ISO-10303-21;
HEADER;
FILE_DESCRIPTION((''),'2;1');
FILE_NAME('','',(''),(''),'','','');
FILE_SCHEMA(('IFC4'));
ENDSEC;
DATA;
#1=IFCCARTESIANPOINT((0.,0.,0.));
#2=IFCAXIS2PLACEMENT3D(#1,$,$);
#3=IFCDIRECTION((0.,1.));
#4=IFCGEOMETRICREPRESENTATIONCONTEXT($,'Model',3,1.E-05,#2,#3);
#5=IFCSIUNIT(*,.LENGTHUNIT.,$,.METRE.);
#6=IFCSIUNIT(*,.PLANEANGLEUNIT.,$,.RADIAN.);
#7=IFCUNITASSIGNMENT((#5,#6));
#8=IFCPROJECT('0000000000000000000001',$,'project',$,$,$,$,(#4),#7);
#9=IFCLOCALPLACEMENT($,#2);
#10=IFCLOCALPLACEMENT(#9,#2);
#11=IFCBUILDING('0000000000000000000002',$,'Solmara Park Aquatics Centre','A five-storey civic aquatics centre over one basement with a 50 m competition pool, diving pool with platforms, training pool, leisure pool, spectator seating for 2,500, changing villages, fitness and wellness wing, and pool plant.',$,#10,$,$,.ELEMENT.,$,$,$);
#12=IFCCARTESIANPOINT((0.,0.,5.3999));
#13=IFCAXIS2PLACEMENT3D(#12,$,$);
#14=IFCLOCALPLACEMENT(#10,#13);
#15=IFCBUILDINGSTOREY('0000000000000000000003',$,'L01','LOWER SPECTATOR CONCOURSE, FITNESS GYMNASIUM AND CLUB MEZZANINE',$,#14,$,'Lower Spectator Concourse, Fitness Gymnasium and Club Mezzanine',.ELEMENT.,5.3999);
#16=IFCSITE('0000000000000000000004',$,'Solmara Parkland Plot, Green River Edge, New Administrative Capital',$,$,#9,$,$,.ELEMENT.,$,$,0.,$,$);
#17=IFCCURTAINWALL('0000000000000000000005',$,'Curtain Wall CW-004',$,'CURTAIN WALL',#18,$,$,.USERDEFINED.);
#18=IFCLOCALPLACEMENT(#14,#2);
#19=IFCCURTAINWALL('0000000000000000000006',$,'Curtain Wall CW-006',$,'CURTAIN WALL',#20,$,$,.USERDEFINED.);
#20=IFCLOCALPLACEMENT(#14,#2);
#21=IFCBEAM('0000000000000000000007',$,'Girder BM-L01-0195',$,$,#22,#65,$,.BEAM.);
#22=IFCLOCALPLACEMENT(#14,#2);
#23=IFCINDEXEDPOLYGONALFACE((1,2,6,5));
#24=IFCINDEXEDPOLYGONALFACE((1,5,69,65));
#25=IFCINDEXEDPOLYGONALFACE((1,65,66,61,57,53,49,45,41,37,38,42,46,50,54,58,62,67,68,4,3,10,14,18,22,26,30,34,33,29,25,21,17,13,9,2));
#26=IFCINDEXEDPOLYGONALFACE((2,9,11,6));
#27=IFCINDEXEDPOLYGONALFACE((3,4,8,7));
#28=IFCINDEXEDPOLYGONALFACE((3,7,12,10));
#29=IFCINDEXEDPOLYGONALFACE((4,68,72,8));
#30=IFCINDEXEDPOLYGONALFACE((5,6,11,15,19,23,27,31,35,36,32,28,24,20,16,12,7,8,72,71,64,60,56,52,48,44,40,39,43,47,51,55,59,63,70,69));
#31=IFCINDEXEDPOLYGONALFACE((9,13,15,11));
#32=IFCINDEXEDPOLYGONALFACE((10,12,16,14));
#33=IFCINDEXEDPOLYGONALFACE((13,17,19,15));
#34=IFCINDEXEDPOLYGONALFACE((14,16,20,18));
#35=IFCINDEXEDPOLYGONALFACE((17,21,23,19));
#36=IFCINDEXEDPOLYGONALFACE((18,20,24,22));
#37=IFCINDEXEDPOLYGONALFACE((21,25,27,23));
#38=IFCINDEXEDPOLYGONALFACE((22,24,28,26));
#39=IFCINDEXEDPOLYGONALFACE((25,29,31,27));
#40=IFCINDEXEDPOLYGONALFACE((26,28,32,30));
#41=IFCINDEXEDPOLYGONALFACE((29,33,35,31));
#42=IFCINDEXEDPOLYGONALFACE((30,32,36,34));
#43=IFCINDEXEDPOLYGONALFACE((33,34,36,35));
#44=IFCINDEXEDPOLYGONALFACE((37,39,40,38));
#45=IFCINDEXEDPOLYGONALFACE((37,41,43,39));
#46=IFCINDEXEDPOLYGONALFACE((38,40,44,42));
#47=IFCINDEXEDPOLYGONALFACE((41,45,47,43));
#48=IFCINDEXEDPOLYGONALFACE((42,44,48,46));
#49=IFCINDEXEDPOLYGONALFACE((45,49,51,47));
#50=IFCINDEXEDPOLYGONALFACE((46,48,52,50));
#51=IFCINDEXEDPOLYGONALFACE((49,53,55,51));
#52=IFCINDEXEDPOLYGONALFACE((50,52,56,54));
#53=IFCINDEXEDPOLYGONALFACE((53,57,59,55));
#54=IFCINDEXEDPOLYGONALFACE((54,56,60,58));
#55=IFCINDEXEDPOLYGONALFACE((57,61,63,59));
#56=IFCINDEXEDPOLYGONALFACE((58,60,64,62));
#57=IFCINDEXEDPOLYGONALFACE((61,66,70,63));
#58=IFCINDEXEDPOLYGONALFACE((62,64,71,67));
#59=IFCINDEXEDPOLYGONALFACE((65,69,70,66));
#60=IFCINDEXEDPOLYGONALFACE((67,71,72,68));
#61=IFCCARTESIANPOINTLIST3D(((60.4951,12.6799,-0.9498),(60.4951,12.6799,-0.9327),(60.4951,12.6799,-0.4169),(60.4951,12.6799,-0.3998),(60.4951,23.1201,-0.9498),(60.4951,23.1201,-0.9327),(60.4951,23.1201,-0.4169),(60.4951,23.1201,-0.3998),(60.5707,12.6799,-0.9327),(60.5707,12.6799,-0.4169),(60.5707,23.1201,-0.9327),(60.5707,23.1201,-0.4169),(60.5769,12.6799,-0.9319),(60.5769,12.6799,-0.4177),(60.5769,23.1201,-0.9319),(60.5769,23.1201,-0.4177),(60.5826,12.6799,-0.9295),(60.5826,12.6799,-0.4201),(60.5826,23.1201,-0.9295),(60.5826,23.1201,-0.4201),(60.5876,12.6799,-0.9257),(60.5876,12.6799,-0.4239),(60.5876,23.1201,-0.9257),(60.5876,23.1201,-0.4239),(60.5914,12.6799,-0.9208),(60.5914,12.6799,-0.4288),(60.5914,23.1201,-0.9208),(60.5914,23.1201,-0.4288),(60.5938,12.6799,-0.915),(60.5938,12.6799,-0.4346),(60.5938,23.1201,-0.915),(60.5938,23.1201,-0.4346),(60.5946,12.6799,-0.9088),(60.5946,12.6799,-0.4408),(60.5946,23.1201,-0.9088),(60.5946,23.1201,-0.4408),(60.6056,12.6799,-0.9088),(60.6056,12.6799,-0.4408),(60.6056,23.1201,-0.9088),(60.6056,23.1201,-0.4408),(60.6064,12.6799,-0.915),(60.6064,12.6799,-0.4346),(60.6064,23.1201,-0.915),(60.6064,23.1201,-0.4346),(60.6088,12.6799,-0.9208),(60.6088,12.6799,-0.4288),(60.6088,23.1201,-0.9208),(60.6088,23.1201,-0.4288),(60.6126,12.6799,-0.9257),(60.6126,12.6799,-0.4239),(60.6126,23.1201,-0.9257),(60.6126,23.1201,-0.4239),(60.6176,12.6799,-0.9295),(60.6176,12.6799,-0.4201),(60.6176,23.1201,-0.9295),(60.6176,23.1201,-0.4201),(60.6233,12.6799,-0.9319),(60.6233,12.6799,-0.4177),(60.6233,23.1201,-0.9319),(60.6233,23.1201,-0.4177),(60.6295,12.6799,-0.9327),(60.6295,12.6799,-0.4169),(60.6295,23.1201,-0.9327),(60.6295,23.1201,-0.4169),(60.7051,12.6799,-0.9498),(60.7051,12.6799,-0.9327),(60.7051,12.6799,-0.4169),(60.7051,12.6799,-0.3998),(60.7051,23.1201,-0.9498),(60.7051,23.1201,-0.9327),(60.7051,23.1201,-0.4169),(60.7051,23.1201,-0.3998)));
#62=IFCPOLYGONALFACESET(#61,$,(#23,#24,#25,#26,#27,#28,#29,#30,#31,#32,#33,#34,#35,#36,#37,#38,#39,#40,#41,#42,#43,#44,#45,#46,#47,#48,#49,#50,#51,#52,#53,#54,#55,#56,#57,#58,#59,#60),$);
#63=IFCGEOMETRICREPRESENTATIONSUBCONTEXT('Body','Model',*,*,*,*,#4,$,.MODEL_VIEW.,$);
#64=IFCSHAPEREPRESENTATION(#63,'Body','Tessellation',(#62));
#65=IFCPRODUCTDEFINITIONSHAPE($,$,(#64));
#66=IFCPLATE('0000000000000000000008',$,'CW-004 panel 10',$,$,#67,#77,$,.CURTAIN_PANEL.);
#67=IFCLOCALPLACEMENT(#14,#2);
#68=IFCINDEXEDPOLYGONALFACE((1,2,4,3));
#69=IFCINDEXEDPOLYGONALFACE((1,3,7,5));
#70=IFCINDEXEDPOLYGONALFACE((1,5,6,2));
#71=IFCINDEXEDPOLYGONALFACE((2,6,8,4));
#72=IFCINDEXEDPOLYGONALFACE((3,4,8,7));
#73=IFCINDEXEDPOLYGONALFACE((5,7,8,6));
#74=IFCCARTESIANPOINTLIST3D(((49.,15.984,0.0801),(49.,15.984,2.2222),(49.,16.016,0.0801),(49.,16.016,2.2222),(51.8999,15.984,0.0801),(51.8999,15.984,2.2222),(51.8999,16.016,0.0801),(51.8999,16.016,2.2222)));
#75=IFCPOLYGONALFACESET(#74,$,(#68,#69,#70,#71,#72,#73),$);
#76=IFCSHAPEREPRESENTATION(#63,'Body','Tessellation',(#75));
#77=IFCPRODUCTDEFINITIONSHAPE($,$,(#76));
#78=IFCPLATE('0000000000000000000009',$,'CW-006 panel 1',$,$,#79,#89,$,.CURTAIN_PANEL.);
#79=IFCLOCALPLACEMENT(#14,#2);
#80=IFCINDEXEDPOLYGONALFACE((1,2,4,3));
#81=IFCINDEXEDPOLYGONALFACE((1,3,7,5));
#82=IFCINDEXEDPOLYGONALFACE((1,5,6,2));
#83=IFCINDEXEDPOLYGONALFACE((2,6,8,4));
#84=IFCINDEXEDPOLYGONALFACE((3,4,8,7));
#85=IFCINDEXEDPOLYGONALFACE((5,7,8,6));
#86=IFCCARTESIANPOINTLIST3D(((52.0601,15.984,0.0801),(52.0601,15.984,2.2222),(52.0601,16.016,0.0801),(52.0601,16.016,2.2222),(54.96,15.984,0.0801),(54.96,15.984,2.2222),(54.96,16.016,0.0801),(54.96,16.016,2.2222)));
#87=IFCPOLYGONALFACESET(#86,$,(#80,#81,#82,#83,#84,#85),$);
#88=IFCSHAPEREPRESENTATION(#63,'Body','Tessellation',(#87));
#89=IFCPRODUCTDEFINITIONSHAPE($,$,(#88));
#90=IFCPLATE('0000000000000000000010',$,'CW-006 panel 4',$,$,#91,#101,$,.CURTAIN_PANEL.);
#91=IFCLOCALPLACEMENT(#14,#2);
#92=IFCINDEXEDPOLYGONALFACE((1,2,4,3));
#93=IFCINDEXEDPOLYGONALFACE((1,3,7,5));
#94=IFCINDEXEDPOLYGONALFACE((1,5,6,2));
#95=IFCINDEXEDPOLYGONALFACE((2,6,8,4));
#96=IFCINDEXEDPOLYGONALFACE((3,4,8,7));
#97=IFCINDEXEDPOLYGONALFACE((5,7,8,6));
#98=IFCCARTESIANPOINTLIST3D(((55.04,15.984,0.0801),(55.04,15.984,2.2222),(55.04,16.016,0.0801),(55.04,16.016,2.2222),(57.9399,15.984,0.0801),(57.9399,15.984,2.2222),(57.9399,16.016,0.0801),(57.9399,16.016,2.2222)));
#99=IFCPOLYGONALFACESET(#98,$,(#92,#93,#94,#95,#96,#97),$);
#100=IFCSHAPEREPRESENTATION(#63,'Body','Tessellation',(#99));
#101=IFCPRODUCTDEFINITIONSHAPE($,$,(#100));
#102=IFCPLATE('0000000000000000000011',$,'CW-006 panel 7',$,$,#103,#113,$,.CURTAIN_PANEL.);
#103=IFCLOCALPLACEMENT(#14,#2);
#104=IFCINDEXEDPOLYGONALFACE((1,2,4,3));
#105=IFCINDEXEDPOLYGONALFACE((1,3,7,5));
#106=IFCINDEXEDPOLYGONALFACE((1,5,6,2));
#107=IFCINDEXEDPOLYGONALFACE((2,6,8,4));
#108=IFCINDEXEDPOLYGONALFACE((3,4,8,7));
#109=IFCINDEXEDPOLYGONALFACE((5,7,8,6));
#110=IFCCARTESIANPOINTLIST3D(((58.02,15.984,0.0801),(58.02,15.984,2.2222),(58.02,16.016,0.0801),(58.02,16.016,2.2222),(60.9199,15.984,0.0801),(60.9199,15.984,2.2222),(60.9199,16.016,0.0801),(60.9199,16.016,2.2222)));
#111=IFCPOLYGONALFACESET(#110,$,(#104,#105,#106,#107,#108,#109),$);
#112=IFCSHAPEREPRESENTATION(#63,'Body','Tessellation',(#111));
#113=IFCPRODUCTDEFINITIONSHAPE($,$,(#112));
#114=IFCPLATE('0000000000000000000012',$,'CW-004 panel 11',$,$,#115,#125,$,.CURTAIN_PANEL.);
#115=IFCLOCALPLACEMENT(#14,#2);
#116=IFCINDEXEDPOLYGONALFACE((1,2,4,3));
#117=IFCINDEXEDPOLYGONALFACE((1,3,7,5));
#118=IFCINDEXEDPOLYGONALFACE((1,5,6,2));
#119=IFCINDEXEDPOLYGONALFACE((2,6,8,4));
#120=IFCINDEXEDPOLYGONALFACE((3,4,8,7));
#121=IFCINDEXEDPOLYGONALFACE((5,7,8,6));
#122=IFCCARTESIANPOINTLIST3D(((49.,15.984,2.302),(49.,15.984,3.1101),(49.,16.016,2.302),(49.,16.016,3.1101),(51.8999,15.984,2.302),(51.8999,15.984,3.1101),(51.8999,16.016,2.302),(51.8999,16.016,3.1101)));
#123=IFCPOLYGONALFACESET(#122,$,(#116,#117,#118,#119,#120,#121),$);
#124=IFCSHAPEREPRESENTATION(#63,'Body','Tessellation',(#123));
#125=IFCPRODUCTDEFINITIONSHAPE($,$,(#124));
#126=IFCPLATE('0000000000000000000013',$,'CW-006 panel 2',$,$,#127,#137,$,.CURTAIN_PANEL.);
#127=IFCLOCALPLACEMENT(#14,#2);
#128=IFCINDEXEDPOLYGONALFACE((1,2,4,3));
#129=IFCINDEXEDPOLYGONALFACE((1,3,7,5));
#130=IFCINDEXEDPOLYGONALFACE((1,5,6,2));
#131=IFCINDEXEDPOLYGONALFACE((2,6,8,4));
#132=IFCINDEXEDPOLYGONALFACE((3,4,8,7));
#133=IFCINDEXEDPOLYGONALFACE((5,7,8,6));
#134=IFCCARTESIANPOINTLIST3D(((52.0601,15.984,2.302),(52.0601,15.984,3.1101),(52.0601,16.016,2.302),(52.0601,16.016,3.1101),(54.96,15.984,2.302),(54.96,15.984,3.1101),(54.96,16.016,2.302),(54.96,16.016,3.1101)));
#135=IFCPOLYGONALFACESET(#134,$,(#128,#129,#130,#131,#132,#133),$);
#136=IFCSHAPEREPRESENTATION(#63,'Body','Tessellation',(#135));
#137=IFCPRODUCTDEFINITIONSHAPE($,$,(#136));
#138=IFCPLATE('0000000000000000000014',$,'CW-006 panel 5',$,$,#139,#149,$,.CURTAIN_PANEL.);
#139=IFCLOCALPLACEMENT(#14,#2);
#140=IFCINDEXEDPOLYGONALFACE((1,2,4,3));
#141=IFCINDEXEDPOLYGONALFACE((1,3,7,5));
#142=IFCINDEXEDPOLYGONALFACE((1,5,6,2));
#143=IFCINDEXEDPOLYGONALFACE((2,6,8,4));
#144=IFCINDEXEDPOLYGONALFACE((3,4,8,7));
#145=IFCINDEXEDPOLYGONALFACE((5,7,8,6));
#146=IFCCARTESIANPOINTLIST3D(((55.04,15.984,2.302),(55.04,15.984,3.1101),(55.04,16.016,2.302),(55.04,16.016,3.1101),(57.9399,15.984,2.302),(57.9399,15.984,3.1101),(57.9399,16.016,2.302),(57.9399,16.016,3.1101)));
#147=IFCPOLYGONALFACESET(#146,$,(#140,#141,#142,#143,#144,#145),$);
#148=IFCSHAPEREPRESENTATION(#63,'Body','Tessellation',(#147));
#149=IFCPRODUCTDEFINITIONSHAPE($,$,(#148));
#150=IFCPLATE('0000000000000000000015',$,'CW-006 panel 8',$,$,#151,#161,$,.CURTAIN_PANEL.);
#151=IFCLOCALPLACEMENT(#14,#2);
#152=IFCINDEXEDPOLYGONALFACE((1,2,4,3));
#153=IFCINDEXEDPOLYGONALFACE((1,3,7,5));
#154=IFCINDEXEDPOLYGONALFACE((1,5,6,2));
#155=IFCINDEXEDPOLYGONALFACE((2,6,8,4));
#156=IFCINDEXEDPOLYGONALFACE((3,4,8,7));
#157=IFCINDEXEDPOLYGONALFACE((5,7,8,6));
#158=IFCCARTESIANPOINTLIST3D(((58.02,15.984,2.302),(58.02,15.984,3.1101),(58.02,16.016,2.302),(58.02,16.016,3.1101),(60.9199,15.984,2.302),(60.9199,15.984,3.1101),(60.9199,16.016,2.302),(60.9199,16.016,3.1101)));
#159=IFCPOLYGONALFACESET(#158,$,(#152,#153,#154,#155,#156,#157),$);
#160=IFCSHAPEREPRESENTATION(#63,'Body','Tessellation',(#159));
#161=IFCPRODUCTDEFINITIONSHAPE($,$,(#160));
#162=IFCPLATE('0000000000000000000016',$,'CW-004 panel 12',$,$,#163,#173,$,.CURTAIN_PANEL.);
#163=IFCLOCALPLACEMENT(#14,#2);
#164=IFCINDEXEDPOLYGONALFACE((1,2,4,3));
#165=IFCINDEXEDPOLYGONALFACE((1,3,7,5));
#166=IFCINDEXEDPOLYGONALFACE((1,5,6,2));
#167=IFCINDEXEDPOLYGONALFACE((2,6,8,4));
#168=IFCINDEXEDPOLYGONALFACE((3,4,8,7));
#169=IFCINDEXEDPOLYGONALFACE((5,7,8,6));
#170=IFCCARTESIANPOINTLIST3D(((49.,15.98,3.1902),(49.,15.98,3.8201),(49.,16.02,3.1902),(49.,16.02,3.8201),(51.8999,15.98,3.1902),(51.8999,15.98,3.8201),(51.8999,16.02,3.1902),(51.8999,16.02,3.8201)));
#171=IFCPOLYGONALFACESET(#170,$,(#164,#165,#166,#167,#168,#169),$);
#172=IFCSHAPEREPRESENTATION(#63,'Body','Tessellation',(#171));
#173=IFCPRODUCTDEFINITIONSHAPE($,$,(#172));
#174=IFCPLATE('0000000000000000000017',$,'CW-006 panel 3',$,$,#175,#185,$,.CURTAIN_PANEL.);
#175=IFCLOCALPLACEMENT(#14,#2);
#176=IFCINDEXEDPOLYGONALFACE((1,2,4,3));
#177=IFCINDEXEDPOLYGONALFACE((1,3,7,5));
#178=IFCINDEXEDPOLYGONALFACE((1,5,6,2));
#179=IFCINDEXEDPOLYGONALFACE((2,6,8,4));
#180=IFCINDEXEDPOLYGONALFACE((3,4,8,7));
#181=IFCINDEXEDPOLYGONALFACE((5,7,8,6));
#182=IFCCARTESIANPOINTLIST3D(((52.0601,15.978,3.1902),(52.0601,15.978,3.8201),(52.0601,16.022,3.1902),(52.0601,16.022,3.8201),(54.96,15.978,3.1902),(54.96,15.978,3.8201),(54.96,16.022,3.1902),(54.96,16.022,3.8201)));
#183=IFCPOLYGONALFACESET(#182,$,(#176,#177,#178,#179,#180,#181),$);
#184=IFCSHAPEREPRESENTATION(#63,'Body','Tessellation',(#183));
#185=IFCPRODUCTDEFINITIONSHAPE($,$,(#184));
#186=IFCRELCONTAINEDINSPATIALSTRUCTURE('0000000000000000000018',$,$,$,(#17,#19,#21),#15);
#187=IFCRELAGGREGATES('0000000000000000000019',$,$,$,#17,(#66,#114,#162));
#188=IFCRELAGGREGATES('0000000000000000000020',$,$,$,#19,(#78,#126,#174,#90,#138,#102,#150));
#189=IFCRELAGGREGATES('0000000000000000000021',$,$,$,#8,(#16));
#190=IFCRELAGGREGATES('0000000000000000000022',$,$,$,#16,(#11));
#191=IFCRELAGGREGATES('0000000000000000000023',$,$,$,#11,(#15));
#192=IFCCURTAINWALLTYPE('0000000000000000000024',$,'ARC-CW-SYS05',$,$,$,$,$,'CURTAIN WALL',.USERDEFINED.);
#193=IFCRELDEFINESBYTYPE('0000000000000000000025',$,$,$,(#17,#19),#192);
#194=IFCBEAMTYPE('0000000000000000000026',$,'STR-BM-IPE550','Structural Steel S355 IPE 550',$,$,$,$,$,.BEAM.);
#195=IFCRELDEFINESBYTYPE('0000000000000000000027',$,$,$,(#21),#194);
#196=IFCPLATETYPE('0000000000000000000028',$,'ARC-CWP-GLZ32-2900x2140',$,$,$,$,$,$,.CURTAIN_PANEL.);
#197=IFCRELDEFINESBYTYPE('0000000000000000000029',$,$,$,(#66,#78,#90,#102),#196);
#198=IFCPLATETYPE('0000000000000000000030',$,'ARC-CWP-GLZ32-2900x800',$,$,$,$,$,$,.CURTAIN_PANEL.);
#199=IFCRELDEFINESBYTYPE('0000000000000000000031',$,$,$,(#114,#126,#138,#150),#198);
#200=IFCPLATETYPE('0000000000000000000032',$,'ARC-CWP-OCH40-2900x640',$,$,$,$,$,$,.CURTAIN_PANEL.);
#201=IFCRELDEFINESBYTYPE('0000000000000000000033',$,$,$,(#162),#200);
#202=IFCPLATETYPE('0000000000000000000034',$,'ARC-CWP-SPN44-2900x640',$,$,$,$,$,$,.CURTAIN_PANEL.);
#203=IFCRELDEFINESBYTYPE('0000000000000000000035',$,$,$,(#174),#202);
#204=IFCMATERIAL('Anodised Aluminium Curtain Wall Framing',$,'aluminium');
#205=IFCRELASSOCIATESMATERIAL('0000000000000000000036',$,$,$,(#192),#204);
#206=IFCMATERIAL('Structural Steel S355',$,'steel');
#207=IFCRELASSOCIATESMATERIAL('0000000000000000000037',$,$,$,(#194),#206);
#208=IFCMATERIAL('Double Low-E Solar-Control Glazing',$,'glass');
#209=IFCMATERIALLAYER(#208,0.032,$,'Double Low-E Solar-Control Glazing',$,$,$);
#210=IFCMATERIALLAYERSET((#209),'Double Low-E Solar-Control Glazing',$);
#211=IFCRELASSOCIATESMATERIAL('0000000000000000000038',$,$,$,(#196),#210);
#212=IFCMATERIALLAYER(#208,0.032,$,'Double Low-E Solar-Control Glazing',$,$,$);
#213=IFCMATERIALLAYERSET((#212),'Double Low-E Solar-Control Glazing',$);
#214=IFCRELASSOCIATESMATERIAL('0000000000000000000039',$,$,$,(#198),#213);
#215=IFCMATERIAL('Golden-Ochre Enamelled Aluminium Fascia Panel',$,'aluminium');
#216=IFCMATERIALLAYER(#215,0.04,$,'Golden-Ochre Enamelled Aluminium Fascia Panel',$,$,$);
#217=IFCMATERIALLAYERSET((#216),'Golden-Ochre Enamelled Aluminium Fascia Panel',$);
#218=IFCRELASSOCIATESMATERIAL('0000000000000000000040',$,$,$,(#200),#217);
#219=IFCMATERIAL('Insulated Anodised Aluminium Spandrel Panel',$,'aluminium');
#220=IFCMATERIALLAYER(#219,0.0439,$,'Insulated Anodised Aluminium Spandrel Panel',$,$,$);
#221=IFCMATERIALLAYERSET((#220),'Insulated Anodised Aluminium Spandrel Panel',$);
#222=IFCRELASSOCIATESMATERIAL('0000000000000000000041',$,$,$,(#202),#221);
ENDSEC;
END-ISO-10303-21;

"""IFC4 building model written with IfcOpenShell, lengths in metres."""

from ifc_helpers import new_model, si_unit, direction, frame, origin, origin_2d, place, context, subcontext, project, spatial, rectangle, i_section, extrude, material, layer, layer_set, material_profile, profile_set, type_object, element, aggregate, save


model = new_model("IFC4")

# Units and contexts
model_context = context("Model", 3, precision=1e-05, world=origin(), true_north=direction((0.0, 1.0)))
body_context = subcontext(model_context, "Body", "Model", "MODEL_VIEW")
ifc_project = project(units=[si_unit("LENGTHUNIT", "METRE"), si_unit("PLANEANGLEUNIT", "RADIAN")], contexts=[model_context])

# Site, building, storey
site_placement = place(None, origin())
site = spatial("IfcSite", under=ifc_project, at=site_placement, Name="Solmara Parkland Plot, Green River Edge, New Administrative Capital", CompositionType="ELEMENT", RefElevation=0.0)
building_placement = place(site_placement, origin())
building = spatial("IfcBuilding", under=site, at=building_placement, Name="Solmara Park Aquatics Centre", Description="A five-storey civic aquatics centre over one basement with a 50 m competition pool, diving pool with platforms, training pool, leisure pool, spectator seating for 2,500, changing villages, fitness and wellness wing, and pool plant.", CompositionType="ELEMENT")
storey_placement = place(building_placement, frame((0.0, 0.0, 5.3999)))
storey = spatial("IfcBuildingStorey", under=building, at=storey_placement, Name="L01", Description="LOWER SPECTATOR CONCOURSE, FITNESS GYMNASIUM AND CLUB MEZZANINE", LongName="Lower Spectator Concourse, Fitness Gymnasium and Club Mezzanine", CompositionType="ELEMENT", Elevation=5.3999)

# Shared definitions
ifc_material_1 = material(Name="Structural Steel S355", Category="steel")

# Curtain wall
ifc_material_2 = material(Name="Anodised Aluminium Curtain Wall Framing", Category="aluminium")
curtain_wall_type = type_object("IfcCurtainWallType", Name="ARC-CW-SYS05", ElementType="CURTAIN WALL", PredefinedType="USERDEFINED", material=ifc_material_2)
curtain_wall_1_placement = place(storey_placement, origin())
curtain_wall_1 = element("IfcCurtainWall", 1, at=curtain_wall_1_placement, inside=storey, type_object=curtain_wall_type, Name="Curtain Wall CW-004", ObjectType="CURTAIN WALL", PredefinedType="USERDEFINED")

# Curtain wall
curtain_wall_2_placement = place(storey_placement, origin())
curtain_wall_2 = element("IfcCurtainWall", 2, at=curtain_wall_2_placement, inside=storey, type_object=curtain_wall_type, Name="Curtain Wall CW-006", ObjectType="CURTAIN WALL", PredefinedType="USERDEFINED")

# Beam
ifc_material_profile_1 = material_profile(ifc_material_1, i_section(OverallWidth=0.21, OverallDepth=0.55, WebThickness=0.011, FlangeThickness=0.0171, FilletRadius=0.0239, at=origin_2d()), Name="IPE 550")
ifc_profile_set_1 = profile_set([ifc_material_profile_1], Name="Structural Steel S355")
beam_type_1 = type_object("IfcBeamType", Name="STR-BM-IPE550", Description="Structural Steel S355 IPE 550", PredefinedType="BEAM", material=ifc_profile_set_1)
beam_1_placement = place(storey_placement, frame((60.6001, 12.6799, -0.6748), z_axis=(0.0, 1.0, 0.0), x_axis=(-1.0, 0.0, 0.0)))
element("IfcBeam", 3, at=beam_1_placement, inside=storey, type_object=beam_type_1, Name="Girder BM-L01-0195", PredefinedType="BEAM", context=body_context, shape_type="SweptSolid", body=[
    extrude(i_section(OverallWidth=0.21, OverallDepth=0.55, WebThickness=0.011, FlangeThickness=0.0171, FilletRadius=0.0239, at=origin_2d()), origin(), (0.0, 0.0, 1.0), 10.4402),
])

# Plates
ifc_material_3 = material(Name="Double Low-E Solar-Control Glazing", Category="glass")
ifc_layer_1 = layer(ifc_material_3, 0.032, Name="Double Low-E Solar-Control Glazing")
ifc_layer_set_1 = layer_set([ifc_layer_1], Name="Double Low-E Solar-Control Glazing")
plate_type_1 = type_object("IfcPlateType", Name="ARC-CWP-GLZ32-2900x2140", PredefinedType="CURTAIN_PANEL", material=ifc_layer_set_1)
plate_1_placement = place(storey_placement, frame((50.45, 16.0, 0.0801), z_axis=(0.0, 0.0, 1.0), x_axis=(1.0, 0.0, 0.0)))
plate_1 = element("IfcPlate", 4, at=plate_1_placement, type_object=plate_type_1, Name="CW-004 panel 10", PredefinedType="CURTAIN_PANEL", context=body_context, shape_type="SweptSolid", body=[
    extrude(rectangle(XDim=2.8999, YDim=0.032, at=origin_2d()), origin(), (0.0, 0.0, 1.0), 2.1421),
])
plate_2_placement = place(storey_placement, frame((53.51, 16.0, 0.0801), z_axis=(0.0, 0.0, 1.0), x_axis=(1.0, 0.0, 0.0)))
plate_2 = element("IfcPlate", 5, at=plate_2_placement, type_object=plate_type_1, Name="CW-006 panel 1", PredefinedType="CURTAIN_PANEL", context=body_context, shape_type="SweptSolid", body=[
    extrude(rectangle(XDim=2.8999, YDim=0.032, at=origin_2d()), origin(), (0.0, 0.0, 1.0), 2.1421),
])
plate_3_placement = place(storey_placement, frame((56.49, 16.0, 0.0801), z_axis=(0.0, 0.0, 1.0), x_axis=(1.0, 0.0, 0.0)))
plate_3 = element("IfcPlate", 6, at=plate_3_placement, type_object=plate_type_1, Name="CW-006 panel 4", PredefinedType="CURTAIN_PANEL", context=body_context, shape_type="SweptSolid", body=[
    extrude(rectangle(XDim=2.8999, YDim=0.032, at=origin_2d()), origin(), (0.0, 0.0, 1.0), 2.1421),
])
plate_4_placement = place(storey_placement, frame((59.47, 16.0, 0.0801), z_axis=(0.0, 0.0, 1.0), x_axis=(1.0, 0.0, 0.0)))
plate_4 = element("IfcPlate", 7, at=plate_4_placement, type_object=plate_type_1, Name="CW-006 panel 7", PredefinedType="CURTAIN_PANEL", context=body_context, shape_type="SweptSolid", body=[
    extrude(rectangle(XDim=2.8999, YDim=0.032, at=origin_2d()), origin(), (0.0, 0.0, 1.0), 2.1421),
])
ifc_layer_2 = layer(ifc_material_3, 0.032, Name="Double Low-E Solar-Control Glazing")
ifc_layer_set_2 = layer_set([ifc_layer_2], Name="Double Low-E Solar-Control Glazing")
plate_type_2 = type_object("IfcPlateType", Name="ARC-CWP-GLZ32-2900x800", PredefinedType="CURTAIN_PANEL", material=ifc_layer_set_2)
plate_5_placement = place(storey_placement, frame((50.45, 16.0, 2.302), z_axis=(0.0, 0.0, 1.0), x_axis=(1.0, 0.0, 0.0)))
plate_5 = element("IfcPlate", 8, at=plate_5_placement, type_object=plate_type_2, Name="CW-004 panel 11", PredefinedType="CURTAIN_PANEL", context=body_context, shape_type="SweptSolid", body=[
    extrude(rectangle(XDim=2.8999, YDim=0.032, at=origin_2d()), origin(), (0.0, 0.0, 1.0), 0.8081),
])
plate_6_placement = place(storey_placement, frame((53.51, 16.0, 2.302), z_axis=(0.0, 0.0, 1.0), x_axis=(1.0, 0.0, 0.0)))
plate_6 = element("IfcPlate", 9, at=plate_6_placement, type_object=plate_type_2, Name="CW-006 panel 2", PredefinedType="CURTAIN_PANEL", context=body_context, shape_type="SweptSolid", body=[
    extrude(rectangle(XDim=2.8999, YDim=0.032, at=origin_2d()), origin(), (0.0, 0.0, 1.0), 0.8081),
])
plate_7_placement = place(storey_placement, frame((56.49, 16.0, 2.302), z_axis=(0.0, 0.0, 1.0), x_axis=(1.0, 0.0, 0.0)))
plate_7 = element("IfcPlate", 10, at=plate_7_placement, type_object=plate_type_2, Name="CW-006 panel 5", PredefinedType="CURTAIN_PANEL", context=body_context, shape_type="SweptSolid", body=[
    extrude(rectangle(XDim=2.8999, YDim=0.032, at=origin_2d()), origin(), (0.0, 0.0, 1.0), 0.8081),
])
plate_8_placement = place(storey_placement, frame((59.47, 16.0, 2.302), z_axis=(0.0, 0.0, 1.0), x_axis=(1.0, 0.0, 0.0)))
plate_8 = element("IfcPlate", 11, at=plate_8_placement, type_object=plate_type_2, Name="CW-006 panel 8", PredefinedType="CURTAIN_PANEL", context=body_context, shape_type="SweptSolid", body=[
    extrude(rectangle(XDim=2.8999, YDim=0.032, at=origin_2d()), origin(), (0.0, 0.0, 1.0), 0.8081),
])
ifc_material_4 = material(Name="Golden-Ochre Enamelled Aluminium Fascia Panel", Category="aluminium")
ifc_layer_3 = layer(ifc_material_4, 0.04, Name="Golden-Ochre Enamelled Aluminium Fascia Panel")
ifc_layer_set_3 = layer_set([ifc_layer_3], Name="Golden-Ochre Enamelled Aluminium Fascia Panel")
plate_type_3 = type_object("IfcPlateType", Name="ARC-CWP-OCH40-2900x640", PredefinedType="CURTAIN_PANEL", material=ifc_layer_set_3)
plate_9_placement = place(storey_placement, frame((50.45, 16.0, 3.1902), z_axis=(0.0, 0.0, 1.0), x_axis=(1.0, 0.0, 0.0)))
plate_9 = element("IfcPlate", 12, at=plate_9_placement, type_object=plate_type_3, Name="CW-004 panel 12", PredefinedType="CURTAIN_PANEL", context=body_context, shape_type="SweptSolid", body=[
    extrude(rectangle(XDim=2.8999, YDim=0.04, at=origin_2d()), origin(), (0.0, 0.0, 1.0), 0.6299),
])
aggregate(curtain_wall_1, [plate_1, plate_5, plate_9])
ifc_material_5 = material(Name="Insulated Anodised Aluminium Spandrel Panel", Category="aluminium")
ifc_layer_4 = layer(ifc_material_5, 0.0439, Name="Insulated Anodised Aluminium Spandrel Panel")
ifc_layer_set_4 = layer_set([ifc_layer_4], Name="Insulated Anodised Aluminium Spandrel Panel")
plate_type_4 = type_object("IfcPlateType", Name="ARC-CWP-SPN44-2900x640", PredefinedType="CURTAIN_PANEL", material=ifc_layer_set_4)
plate_10_placement = place(storey_placement, frame((53.51, 16.0, 3.1902), z_axis=(0.0, 0.0, 1.0), x_axis=(1.0, 0.0, 0.0)))
plate_10 = element("IfcPlate", 13, at=plate_10_placement, type_object=plate_type_4, Name="CW-006 panel 3", PredefinedType="CURTAIN_PANEL", context=body_context, shape_type="SweptSolid", body=[
    extrude(rectangle(XDim=2.8999, YDim=0.0439, at=origin_2d()), origin(), (0.0, 0.0, 1.0), 0.6299),
])
aggregate(curtain_wall_2, [plate_2, plate_6, plate_10, plate_3, plate_7, plate_4, plate_8])

save(model, "model.ifc")
